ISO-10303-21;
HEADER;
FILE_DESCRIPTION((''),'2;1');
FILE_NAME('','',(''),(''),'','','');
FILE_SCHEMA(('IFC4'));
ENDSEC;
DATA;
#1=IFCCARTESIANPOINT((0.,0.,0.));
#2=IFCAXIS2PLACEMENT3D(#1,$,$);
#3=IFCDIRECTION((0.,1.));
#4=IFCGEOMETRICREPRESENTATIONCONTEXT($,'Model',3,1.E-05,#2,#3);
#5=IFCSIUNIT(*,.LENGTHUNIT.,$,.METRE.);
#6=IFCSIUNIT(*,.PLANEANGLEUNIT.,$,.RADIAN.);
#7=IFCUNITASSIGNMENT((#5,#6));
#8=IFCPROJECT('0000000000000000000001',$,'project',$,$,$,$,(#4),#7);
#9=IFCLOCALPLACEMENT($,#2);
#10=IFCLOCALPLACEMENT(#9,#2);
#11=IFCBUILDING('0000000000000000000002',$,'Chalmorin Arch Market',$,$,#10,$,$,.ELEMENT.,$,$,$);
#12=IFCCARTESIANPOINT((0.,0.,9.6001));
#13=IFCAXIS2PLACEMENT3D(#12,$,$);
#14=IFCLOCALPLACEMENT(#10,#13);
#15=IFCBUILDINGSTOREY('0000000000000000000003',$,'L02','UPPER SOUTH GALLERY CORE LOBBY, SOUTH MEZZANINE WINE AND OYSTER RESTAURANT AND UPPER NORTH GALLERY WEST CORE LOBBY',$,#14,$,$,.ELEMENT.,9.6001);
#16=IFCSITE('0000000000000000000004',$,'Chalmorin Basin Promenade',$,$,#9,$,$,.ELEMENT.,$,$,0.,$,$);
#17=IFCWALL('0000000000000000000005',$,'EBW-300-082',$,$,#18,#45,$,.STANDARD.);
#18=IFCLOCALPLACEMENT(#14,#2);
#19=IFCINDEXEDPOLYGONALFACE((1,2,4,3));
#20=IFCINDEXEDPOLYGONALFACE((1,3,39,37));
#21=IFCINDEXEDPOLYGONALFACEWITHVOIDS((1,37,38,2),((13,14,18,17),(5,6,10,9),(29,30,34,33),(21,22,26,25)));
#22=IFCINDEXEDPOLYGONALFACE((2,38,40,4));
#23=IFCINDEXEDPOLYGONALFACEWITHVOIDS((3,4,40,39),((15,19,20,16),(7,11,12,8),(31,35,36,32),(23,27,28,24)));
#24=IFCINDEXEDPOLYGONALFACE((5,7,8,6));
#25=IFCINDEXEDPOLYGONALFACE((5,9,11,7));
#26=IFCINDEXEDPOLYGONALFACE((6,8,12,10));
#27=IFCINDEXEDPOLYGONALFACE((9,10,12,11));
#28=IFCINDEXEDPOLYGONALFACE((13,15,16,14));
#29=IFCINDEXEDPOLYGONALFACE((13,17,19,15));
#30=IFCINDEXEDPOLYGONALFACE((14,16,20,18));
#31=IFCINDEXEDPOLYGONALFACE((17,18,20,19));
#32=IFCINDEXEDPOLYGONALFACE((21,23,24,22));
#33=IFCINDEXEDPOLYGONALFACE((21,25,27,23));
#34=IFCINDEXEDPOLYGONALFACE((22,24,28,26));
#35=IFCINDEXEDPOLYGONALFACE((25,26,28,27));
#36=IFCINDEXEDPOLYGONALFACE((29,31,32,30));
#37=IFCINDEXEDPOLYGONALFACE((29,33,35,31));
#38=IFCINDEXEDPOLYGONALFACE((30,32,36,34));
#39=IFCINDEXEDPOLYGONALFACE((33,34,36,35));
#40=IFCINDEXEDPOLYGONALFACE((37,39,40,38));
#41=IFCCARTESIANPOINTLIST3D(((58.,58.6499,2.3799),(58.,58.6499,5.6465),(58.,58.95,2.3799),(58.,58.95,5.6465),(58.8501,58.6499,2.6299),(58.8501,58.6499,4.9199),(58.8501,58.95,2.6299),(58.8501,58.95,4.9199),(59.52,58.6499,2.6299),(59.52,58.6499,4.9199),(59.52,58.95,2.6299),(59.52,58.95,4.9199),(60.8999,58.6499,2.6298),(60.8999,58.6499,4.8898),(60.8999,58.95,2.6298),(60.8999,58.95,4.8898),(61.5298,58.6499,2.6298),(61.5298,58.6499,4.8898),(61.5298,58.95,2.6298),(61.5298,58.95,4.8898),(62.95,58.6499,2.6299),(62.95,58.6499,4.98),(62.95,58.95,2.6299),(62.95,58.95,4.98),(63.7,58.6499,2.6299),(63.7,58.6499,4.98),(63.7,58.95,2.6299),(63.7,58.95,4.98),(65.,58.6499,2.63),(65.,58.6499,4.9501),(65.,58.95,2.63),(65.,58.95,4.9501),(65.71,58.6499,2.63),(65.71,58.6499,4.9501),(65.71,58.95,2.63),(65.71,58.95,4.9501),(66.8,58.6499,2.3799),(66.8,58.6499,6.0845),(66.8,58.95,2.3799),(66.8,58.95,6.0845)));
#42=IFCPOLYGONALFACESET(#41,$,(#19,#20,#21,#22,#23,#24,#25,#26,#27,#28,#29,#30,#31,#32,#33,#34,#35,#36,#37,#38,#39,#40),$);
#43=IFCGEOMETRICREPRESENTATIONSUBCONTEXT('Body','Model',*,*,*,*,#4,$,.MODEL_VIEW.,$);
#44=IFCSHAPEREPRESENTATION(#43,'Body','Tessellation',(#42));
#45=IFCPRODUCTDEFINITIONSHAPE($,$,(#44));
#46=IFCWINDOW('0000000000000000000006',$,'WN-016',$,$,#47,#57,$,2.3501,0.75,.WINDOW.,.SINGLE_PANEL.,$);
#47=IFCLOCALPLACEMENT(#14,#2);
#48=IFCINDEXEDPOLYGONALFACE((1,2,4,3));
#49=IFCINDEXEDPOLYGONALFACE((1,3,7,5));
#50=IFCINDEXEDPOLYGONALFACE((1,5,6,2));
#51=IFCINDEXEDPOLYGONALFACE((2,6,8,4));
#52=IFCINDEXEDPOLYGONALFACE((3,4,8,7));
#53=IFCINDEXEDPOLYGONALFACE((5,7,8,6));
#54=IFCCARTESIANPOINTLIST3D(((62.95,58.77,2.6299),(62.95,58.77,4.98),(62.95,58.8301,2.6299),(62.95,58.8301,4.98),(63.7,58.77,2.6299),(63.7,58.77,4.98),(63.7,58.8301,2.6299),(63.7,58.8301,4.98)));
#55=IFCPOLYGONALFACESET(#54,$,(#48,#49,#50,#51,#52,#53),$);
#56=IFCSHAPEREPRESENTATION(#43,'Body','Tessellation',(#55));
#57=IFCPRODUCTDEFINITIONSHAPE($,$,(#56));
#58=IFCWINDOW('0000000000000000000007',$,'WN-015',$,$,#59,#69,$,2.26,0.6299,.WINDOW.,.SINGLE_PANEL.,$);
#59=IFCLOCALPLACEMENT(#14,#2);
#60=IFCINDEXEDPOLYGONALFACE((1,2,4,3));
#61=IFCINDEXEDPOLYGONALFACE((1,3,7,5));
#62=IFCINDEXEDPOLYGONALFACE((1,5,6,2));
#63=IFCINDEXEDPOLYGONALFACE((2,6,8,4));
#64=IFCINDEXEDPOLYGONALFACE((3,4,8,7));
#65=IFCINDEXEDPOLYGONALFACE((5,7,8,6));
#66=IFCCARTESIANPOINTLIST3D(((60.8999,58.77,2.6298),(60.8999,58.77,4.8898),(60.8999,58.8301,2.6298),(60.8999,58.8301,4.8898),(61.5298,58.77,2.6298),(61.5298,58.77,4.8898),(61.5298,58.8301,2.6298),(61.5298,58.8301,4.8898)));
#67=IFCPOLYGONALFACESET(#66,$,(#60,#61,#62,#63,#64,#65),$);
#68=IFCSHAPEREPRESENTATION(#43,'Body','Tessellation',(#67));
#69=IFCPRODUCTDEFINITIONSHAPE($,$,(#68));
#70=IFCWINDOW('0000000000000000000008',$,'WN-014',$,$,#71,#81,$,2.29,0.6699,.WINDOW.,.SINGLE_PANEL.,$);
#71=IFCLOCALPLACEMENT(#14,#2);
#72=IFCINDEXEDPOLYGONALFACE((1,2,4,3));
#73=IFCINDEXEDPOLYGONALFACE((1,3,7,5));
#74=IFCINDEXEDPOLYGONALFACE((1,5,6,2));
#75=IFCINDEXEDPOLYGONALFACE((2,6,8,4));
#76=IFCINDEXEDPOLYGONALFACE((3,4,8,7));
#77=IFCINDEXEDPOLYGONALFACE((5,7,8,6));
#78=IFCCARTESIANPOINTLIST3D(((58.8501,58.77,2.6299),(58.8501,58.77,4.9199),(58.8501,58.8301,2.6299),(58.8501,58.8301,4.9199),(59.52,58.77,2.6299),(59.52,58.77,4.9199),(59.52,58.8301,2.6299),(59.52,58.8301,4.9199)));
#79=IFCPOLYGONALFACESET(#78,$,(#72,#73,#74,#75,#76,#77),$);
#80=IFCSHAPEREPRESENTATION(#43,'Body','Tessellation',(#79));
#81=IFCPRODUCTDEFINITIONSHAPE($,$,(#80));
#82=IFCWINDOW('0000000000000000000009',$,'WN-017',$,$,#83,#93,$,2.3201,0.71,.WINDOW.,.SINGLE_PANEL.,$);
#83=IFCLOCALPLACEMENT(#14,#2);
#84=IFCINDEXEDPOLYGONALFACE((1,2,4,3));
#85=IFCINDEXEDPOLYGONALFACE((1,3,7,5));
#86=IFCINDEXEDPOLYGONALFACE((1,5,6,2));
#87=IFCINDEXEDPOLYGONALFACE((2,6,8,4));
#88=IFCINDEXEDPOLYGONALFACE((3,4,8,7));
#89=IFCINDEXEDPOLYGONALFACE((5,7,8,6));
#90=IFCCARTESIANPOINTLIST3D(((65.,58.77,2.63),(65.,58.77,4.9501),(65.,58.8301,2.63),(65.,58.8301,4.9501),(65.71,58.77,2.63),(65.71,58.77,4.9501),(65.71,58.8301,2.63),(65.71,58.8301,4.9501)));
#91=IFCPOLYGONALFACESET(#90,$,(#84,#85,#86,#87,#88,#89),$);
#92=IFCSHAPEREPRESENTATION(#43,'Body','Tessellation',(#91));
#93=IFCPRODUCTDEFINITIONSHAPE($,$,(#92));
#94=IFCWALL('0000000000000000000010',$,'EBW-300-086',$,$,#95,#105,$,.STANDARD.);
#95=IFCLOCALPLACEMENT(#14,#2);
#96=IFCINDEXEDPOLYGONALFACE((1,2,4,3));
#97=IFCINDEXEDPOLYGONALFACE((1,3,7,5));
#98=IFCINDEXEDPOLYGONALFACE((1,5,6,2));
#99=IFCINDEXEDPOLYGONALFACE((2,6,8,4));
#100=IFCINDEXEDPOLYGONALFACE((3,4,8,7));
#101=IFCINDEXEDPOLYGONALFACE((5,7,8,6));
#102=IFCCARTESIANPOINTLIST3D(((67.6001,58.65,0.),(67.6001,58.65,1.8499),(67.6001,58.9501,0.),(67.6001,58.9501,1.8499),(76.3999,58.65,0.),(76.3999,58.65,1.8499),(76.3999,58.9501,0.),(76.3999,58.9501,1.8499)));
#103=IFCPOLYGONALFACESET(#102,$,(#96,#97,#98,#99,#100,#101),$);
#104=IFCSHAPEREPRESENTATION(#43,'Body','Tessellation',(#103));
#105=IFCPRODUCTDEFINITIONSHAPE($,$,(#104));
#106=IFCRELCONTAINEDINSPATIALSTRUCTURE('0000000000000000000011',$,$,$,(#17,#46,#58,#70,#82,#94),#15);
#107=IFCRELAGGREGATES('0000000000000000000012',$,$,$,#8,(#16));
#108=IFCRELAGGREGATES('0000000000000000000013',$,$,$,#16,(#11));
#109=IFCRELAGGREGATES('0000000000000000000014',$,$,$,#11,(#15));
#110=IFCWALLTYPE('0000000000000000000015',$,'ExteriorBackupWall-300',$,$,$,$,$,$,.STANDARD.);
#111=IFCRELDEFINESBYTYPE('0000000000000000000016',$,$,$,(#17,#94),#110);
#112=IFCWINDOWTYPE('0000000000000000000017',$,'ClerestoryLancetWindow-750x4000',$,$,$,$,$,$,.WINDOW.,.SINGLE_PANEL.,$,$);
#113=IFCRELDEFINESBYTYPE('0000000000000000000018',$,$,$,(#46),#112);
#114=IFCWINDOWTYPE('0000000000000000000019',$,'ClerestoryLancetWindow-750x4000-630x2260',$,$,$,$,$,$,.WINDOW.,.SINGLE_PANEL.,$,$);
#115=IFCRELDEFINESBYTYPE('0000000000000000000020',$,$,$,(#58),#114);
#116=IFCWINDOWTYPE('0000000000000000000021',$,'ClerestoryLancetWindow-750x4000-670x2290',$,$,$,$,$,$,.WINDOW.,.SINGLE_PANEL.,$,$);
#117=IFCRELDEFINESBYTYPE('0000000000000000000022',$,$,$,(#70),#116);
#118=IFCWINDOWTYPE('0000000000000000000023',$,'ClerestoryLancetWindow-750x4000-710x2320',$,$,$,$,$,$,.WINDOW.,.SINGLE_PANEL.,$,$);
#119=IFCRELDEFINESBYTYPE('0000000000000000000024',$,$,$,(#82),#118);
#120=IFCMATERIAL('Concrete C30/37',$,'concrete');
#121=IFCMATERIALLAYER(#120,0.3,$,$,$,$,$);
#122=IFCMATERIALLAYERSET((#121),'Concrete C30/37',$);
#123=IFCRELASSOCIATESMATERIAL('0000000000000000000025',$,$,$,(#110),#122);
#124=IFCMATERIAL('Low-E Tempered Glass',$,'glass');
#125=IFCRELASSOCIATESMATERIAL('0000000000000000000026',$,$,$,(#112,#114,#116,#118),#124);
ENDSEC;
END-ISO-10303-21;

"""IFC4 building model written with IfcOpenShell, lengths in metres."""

from ifc_helpers import new_model, si_unit, direction, frame, frame_2d, origin, place, context, subcontext, project, spatial, polyline, rectangle, outline, extrude, material, layer, layer_set, type_object, element, fill, save


model = new_model("IFC4")

# Units and contexts
model_context = context("Model", 3, precision=1e-05, world=origin(), true_north=direction((0.0, 1.0)))
body_context = subcontext(model_context, "Body", "Model", "MODEL_VIEW")
ifc_project = project(units=[si_unit("LENGTHUNIT", "METRE"), si_unit("PLANEANGLEUNIT", "RADIAN")], contexts=[model_context])

# Site, building, storey
site_placement = place(None, origin())
site = spatial("IfcSite", under=ifc_project, at=site_placement, Name="Chalmorin Basin Promenade", CompositionType="ELEMENT", RefElevation=0.0)
building_placement = place(site_placement, origin())
building = spatial("IfcBuilding", under=site, at=building_placement, Name="Chalmorin Arch Market", CompositionType="ELEMENT")
storey_placement = place(building_placement, frame((0.0, 0.0, 9.6001)))
storey = spatial("IfcBuildingStorey", under=building, at=storey_placement, Name="L02", Description="UPPER SOUTH GALLERY CORE LOBBY, SOUTH MEZZANINE WINE AND OYSTER RESTAURANT AND UPPER NORTH GALLERY WEST CORE LOBBY", CompositionType="ELEMENT", Elevation=9.6001)

# Shared definitions
ifc_material_1 = material(Name="Concrete C30/37", Category="concrete")
ifc_layer_1 = layer(ifc_material_1, 0.3)
ifc_layer_set_1 = layer_set([ifc_layer_1], Name="Concrete C30/37")
wall_type_1 = type_object("IfcWallType", Name="ExteriorBackupWall-300", PredefinedType="STANDARD", material=ifc_layer_set_1)

# Wall, openings, windows
wall_1_placement = place(storey_placement, frame((58.0, 58.8, 2.3799), z_axis=(0.0, 0.0, 1.0), x_axis=(1.0, 0.0, 0.0)))
wall_1 = element("IfcWall", 1, at=wall_1_placement, inside=storey, type_object=wall_type_1, Name="EBW-300-082", PredefinedType="STANDARD", context=body_context, shape_type="SweptSolid", body=[
    extrude(outline(polyline([(0.0, 0.0), (8.8, 0.0), (8.8, 3.7046), (0.0, 3.2666), (0.0, 0.0)])), frame((0.0, 0.1499, 0.0), z_axis=(0.0, -1.0, 0.0), x_axis=(1.0, 0.0, 0.0)), (0.0, 0.0, 1.0), 0.3),
])
opening_1_placement = place(wall_1_placement, frame((0.8501, 0.0, 0.25)))
opening_1 = element("IfcOpeningElement", 2, at=opening_1_placement, cuts=wall_1, PredefinedType="OPENING", context=body_context, shape_type="SweptSolid", body=[
    extrude(rectangle(XDim=0.6699, YDim=2.29, at=frame_2d((0.335, 1.145))), frame((0.0, 0.1599, 0.0), z_axis=(0.0, -1.0, 0.0), x_axis=(1.0, 0.0, 0.0)), (0.0, 0.0, 1.0), 0.3201),
])
opening_2_placement = place(wall_1_placement, frame((2.8999, 0.0, 0.25)))
opening_2 = element("IfcOpeningElement", 3, at=opening_2_placement, cuts=wall_1, PredefinedType="OPENING", context=body_context, shape_type="SweptSolid", body=[
    extrude(rectangle(XDim=0.6299, YDim=2.26, at=frame_2d((0.3149, 1.1299))), frame((0.0, 0.1599, 0.0), z_axis=(0.0, -1.0, 0.0), x_axis=(1.0, 0.0, 0.0)), (0.0, 0.0, 1.0), 0.3201),
])
opening_3_placement = place(wall_1_placement, frame((4.95, 0.0, 0.25)))
opening_3 = element("IfcOpeningElement", 4, at=opening_3_placement, cuts=wall_1, PredefinedType="OPENING", context=body_context, shape_type="SweptSolid", body=[
    extrude(rectangle(XDim=0.75, YDim=2.3501, at=frame_2d((0.375, 1.175))), frame((0.0, 0.1599, 0.0), z_axis=(0.0, -1.0, 0.0), x_axis=(1.0, 0.0, 0.0)), (0.0, 0.0, 1.0), 0.3201),
])
opening_4_placement = place(wall_1_placement, frame((7.0, 0.0, 0.25)))
opening_4 = element("IfcOpeningElement", 5, at=opening_4_placement, cuts=wall_1, PredefinedType="OPENING", context=body_context, shape_type="SweptSolid", body=[
    extrude(rectangle(XDim=0.71, YDim=2.3201, at=frame_2d((0.355, 1.1602))), frame((0.0, 0.1599, 0.0), z_axis=(0.0, -1.0, 0.0), x_axis=(1.0, 0.0, 0.0)), (0.0, 0.0, 1.0), 0.3201),
])
ifc_material_2 = material(Name="Low-E Tempered Glass", Category="glass")
window_type_1 = type_object("IfcWindowType", Name="ClerestoryLancetWindow-750x4000", PartitioningType="SINGLE_PANEL", PredefinedType="WINDOW", material=ifc_material_2)
window_1_placement = place(opening_3_placement, origin())
window_1 = element("IfcWindow", 6, at=window_1_placement, inside=storey, type_object=window_type_1, Name="WN-016", OverallHeight=2.3501, OverallWidth=0.75, PartitioningType="SINGLE_PANEL", PredefinedType="WINDOW", context=body_context, shape_type="SweptSolid", body=[
    extrude(rectangle(XDim=0.75, YDim=2.3501, at=frame_2d((0.375, 1.175))), frame((0.0, 0.03, 0.0), z_axis=(0.0, -1.0, 0.0), x_axis=(1.0, 0.0, 0.0)), (0.0, 0.0, 1.0), 0.0601),
])
fill(opening_3, window_1)
window_type_2 = type_object("IfcWindowType", Name="ClerestoryLancetWindow-750x4000-630x2260", PartitioningType="SINGLE_PANEL", PredefinedType="WINDOW", material=ifc_material_2)
window_2_placement = place(opening_2_placement, origin())
window_2 = element("IfcWindow", 7, at=window_2_placement, inside=storey, type_object=window_type_2, Name="WN-015", OverallHeight=2.26, OverallWidth=0.6299, PartitioningType="SINGLE_PANEL", PredefinedType="WINDOW", context=body_context, shape_type="SweptSolid", body=[
    extrude(rectangle(XDim=0.6299, YDim=2.26, at=frame_2d((0.3149, 1.1299))), frame((0.0, 0.03, 0.0), z_axis=(0.0, -1.0, 0.0), x_axis=(1.0, 0.0, 0.0)), (0.0, 0.0, 1.0), 0.0601),
])
fill(opening_2, window_2)
window_type_3 = type_object("IfcWindowType", Name="ClerestoryLancetWindow-750x4000-670x2290", PartitioningType="SINGLE_PANEL", PredefinedType="WINDOW", material=ifc_material_2)
window_3_placement = place(opening_1_placement, origin())
window_3 = element("IfcWindow", 8, at=window_3_placement, inside=storey, type_object=window_type_3, Name="WN-014", OverallHeight=2.29, OverallWidth=0.6699, PartitioningType="SINGLE_PANEL", PredefinedType="WINDOW", context=body_context, shape_type="SweptSolid", body=[
    extrude(rectangle(XDim=0.6699, YDim=2.29, at=frame_2d((0.335, 1.145))), frame((0.0, 0.03, 0.0), z_axis=(0.0, -1.0, 0.0), x_axis=(1.0, 0.0, 0.0)), (0.0, 0.0, 1.0), 0.0601),
])
fill(opening_1, window_3)
window_type_4 = type_object("IfcWindowType", Name="ClerestoryLancetWindow-750x4000-710x2320", PartitioningType="SINGLE_PANEL", PredefinedType="WINDOW", material=ifc_material_2)
window_4_placement = place(opening_4_placement, origin())
window_4 = element("IfcWindow", 9, at=window_4_placement, inside=storey, type_object=window_type_4, Name="WN-017", OverallHeight=2.3201, OverallWidth=0.71, PartitioningType="SINGLE_PANEL", PredefinedType="WINDOW", context=body_context, shape_type="SweptSolid", body=[
    extrude(rectangle(XDim=0.71, YDim=2.3201, at=frame_2d((0.355, 1.1602))), frame((0.0, 0.03, 0.0), z_axis=(0.0, -1.0, 0.0), x_axis=(1.0, 0.0, 0.0)), (0.0, 0.0, 1.0), 0.0601),
])
fill(opening_4, window_4)

# Wall
wall_2_placement = place(storey_placement, frame((67.6001, 58.8, 0.0), z_axis=(0.0, 0.0, 1.0), x_axis=(1.0, 0.0, 0.0)))
element("IfcWall", 10, at=wall_2_placement, inside=storey, type_object=wall_type_1, Name="EBW-300-086", PredefinedType="STANDARD", context=body_context, shape_type="SweptSolid", body=[
    extrude(rectangle(XDim=8.7998, YDim=0.3, at=frame_2d((4.3999, 0.0))), origin(), (0.0, 0.0, 1.0), 1.8499),
])

save(model, "model.ifc")
